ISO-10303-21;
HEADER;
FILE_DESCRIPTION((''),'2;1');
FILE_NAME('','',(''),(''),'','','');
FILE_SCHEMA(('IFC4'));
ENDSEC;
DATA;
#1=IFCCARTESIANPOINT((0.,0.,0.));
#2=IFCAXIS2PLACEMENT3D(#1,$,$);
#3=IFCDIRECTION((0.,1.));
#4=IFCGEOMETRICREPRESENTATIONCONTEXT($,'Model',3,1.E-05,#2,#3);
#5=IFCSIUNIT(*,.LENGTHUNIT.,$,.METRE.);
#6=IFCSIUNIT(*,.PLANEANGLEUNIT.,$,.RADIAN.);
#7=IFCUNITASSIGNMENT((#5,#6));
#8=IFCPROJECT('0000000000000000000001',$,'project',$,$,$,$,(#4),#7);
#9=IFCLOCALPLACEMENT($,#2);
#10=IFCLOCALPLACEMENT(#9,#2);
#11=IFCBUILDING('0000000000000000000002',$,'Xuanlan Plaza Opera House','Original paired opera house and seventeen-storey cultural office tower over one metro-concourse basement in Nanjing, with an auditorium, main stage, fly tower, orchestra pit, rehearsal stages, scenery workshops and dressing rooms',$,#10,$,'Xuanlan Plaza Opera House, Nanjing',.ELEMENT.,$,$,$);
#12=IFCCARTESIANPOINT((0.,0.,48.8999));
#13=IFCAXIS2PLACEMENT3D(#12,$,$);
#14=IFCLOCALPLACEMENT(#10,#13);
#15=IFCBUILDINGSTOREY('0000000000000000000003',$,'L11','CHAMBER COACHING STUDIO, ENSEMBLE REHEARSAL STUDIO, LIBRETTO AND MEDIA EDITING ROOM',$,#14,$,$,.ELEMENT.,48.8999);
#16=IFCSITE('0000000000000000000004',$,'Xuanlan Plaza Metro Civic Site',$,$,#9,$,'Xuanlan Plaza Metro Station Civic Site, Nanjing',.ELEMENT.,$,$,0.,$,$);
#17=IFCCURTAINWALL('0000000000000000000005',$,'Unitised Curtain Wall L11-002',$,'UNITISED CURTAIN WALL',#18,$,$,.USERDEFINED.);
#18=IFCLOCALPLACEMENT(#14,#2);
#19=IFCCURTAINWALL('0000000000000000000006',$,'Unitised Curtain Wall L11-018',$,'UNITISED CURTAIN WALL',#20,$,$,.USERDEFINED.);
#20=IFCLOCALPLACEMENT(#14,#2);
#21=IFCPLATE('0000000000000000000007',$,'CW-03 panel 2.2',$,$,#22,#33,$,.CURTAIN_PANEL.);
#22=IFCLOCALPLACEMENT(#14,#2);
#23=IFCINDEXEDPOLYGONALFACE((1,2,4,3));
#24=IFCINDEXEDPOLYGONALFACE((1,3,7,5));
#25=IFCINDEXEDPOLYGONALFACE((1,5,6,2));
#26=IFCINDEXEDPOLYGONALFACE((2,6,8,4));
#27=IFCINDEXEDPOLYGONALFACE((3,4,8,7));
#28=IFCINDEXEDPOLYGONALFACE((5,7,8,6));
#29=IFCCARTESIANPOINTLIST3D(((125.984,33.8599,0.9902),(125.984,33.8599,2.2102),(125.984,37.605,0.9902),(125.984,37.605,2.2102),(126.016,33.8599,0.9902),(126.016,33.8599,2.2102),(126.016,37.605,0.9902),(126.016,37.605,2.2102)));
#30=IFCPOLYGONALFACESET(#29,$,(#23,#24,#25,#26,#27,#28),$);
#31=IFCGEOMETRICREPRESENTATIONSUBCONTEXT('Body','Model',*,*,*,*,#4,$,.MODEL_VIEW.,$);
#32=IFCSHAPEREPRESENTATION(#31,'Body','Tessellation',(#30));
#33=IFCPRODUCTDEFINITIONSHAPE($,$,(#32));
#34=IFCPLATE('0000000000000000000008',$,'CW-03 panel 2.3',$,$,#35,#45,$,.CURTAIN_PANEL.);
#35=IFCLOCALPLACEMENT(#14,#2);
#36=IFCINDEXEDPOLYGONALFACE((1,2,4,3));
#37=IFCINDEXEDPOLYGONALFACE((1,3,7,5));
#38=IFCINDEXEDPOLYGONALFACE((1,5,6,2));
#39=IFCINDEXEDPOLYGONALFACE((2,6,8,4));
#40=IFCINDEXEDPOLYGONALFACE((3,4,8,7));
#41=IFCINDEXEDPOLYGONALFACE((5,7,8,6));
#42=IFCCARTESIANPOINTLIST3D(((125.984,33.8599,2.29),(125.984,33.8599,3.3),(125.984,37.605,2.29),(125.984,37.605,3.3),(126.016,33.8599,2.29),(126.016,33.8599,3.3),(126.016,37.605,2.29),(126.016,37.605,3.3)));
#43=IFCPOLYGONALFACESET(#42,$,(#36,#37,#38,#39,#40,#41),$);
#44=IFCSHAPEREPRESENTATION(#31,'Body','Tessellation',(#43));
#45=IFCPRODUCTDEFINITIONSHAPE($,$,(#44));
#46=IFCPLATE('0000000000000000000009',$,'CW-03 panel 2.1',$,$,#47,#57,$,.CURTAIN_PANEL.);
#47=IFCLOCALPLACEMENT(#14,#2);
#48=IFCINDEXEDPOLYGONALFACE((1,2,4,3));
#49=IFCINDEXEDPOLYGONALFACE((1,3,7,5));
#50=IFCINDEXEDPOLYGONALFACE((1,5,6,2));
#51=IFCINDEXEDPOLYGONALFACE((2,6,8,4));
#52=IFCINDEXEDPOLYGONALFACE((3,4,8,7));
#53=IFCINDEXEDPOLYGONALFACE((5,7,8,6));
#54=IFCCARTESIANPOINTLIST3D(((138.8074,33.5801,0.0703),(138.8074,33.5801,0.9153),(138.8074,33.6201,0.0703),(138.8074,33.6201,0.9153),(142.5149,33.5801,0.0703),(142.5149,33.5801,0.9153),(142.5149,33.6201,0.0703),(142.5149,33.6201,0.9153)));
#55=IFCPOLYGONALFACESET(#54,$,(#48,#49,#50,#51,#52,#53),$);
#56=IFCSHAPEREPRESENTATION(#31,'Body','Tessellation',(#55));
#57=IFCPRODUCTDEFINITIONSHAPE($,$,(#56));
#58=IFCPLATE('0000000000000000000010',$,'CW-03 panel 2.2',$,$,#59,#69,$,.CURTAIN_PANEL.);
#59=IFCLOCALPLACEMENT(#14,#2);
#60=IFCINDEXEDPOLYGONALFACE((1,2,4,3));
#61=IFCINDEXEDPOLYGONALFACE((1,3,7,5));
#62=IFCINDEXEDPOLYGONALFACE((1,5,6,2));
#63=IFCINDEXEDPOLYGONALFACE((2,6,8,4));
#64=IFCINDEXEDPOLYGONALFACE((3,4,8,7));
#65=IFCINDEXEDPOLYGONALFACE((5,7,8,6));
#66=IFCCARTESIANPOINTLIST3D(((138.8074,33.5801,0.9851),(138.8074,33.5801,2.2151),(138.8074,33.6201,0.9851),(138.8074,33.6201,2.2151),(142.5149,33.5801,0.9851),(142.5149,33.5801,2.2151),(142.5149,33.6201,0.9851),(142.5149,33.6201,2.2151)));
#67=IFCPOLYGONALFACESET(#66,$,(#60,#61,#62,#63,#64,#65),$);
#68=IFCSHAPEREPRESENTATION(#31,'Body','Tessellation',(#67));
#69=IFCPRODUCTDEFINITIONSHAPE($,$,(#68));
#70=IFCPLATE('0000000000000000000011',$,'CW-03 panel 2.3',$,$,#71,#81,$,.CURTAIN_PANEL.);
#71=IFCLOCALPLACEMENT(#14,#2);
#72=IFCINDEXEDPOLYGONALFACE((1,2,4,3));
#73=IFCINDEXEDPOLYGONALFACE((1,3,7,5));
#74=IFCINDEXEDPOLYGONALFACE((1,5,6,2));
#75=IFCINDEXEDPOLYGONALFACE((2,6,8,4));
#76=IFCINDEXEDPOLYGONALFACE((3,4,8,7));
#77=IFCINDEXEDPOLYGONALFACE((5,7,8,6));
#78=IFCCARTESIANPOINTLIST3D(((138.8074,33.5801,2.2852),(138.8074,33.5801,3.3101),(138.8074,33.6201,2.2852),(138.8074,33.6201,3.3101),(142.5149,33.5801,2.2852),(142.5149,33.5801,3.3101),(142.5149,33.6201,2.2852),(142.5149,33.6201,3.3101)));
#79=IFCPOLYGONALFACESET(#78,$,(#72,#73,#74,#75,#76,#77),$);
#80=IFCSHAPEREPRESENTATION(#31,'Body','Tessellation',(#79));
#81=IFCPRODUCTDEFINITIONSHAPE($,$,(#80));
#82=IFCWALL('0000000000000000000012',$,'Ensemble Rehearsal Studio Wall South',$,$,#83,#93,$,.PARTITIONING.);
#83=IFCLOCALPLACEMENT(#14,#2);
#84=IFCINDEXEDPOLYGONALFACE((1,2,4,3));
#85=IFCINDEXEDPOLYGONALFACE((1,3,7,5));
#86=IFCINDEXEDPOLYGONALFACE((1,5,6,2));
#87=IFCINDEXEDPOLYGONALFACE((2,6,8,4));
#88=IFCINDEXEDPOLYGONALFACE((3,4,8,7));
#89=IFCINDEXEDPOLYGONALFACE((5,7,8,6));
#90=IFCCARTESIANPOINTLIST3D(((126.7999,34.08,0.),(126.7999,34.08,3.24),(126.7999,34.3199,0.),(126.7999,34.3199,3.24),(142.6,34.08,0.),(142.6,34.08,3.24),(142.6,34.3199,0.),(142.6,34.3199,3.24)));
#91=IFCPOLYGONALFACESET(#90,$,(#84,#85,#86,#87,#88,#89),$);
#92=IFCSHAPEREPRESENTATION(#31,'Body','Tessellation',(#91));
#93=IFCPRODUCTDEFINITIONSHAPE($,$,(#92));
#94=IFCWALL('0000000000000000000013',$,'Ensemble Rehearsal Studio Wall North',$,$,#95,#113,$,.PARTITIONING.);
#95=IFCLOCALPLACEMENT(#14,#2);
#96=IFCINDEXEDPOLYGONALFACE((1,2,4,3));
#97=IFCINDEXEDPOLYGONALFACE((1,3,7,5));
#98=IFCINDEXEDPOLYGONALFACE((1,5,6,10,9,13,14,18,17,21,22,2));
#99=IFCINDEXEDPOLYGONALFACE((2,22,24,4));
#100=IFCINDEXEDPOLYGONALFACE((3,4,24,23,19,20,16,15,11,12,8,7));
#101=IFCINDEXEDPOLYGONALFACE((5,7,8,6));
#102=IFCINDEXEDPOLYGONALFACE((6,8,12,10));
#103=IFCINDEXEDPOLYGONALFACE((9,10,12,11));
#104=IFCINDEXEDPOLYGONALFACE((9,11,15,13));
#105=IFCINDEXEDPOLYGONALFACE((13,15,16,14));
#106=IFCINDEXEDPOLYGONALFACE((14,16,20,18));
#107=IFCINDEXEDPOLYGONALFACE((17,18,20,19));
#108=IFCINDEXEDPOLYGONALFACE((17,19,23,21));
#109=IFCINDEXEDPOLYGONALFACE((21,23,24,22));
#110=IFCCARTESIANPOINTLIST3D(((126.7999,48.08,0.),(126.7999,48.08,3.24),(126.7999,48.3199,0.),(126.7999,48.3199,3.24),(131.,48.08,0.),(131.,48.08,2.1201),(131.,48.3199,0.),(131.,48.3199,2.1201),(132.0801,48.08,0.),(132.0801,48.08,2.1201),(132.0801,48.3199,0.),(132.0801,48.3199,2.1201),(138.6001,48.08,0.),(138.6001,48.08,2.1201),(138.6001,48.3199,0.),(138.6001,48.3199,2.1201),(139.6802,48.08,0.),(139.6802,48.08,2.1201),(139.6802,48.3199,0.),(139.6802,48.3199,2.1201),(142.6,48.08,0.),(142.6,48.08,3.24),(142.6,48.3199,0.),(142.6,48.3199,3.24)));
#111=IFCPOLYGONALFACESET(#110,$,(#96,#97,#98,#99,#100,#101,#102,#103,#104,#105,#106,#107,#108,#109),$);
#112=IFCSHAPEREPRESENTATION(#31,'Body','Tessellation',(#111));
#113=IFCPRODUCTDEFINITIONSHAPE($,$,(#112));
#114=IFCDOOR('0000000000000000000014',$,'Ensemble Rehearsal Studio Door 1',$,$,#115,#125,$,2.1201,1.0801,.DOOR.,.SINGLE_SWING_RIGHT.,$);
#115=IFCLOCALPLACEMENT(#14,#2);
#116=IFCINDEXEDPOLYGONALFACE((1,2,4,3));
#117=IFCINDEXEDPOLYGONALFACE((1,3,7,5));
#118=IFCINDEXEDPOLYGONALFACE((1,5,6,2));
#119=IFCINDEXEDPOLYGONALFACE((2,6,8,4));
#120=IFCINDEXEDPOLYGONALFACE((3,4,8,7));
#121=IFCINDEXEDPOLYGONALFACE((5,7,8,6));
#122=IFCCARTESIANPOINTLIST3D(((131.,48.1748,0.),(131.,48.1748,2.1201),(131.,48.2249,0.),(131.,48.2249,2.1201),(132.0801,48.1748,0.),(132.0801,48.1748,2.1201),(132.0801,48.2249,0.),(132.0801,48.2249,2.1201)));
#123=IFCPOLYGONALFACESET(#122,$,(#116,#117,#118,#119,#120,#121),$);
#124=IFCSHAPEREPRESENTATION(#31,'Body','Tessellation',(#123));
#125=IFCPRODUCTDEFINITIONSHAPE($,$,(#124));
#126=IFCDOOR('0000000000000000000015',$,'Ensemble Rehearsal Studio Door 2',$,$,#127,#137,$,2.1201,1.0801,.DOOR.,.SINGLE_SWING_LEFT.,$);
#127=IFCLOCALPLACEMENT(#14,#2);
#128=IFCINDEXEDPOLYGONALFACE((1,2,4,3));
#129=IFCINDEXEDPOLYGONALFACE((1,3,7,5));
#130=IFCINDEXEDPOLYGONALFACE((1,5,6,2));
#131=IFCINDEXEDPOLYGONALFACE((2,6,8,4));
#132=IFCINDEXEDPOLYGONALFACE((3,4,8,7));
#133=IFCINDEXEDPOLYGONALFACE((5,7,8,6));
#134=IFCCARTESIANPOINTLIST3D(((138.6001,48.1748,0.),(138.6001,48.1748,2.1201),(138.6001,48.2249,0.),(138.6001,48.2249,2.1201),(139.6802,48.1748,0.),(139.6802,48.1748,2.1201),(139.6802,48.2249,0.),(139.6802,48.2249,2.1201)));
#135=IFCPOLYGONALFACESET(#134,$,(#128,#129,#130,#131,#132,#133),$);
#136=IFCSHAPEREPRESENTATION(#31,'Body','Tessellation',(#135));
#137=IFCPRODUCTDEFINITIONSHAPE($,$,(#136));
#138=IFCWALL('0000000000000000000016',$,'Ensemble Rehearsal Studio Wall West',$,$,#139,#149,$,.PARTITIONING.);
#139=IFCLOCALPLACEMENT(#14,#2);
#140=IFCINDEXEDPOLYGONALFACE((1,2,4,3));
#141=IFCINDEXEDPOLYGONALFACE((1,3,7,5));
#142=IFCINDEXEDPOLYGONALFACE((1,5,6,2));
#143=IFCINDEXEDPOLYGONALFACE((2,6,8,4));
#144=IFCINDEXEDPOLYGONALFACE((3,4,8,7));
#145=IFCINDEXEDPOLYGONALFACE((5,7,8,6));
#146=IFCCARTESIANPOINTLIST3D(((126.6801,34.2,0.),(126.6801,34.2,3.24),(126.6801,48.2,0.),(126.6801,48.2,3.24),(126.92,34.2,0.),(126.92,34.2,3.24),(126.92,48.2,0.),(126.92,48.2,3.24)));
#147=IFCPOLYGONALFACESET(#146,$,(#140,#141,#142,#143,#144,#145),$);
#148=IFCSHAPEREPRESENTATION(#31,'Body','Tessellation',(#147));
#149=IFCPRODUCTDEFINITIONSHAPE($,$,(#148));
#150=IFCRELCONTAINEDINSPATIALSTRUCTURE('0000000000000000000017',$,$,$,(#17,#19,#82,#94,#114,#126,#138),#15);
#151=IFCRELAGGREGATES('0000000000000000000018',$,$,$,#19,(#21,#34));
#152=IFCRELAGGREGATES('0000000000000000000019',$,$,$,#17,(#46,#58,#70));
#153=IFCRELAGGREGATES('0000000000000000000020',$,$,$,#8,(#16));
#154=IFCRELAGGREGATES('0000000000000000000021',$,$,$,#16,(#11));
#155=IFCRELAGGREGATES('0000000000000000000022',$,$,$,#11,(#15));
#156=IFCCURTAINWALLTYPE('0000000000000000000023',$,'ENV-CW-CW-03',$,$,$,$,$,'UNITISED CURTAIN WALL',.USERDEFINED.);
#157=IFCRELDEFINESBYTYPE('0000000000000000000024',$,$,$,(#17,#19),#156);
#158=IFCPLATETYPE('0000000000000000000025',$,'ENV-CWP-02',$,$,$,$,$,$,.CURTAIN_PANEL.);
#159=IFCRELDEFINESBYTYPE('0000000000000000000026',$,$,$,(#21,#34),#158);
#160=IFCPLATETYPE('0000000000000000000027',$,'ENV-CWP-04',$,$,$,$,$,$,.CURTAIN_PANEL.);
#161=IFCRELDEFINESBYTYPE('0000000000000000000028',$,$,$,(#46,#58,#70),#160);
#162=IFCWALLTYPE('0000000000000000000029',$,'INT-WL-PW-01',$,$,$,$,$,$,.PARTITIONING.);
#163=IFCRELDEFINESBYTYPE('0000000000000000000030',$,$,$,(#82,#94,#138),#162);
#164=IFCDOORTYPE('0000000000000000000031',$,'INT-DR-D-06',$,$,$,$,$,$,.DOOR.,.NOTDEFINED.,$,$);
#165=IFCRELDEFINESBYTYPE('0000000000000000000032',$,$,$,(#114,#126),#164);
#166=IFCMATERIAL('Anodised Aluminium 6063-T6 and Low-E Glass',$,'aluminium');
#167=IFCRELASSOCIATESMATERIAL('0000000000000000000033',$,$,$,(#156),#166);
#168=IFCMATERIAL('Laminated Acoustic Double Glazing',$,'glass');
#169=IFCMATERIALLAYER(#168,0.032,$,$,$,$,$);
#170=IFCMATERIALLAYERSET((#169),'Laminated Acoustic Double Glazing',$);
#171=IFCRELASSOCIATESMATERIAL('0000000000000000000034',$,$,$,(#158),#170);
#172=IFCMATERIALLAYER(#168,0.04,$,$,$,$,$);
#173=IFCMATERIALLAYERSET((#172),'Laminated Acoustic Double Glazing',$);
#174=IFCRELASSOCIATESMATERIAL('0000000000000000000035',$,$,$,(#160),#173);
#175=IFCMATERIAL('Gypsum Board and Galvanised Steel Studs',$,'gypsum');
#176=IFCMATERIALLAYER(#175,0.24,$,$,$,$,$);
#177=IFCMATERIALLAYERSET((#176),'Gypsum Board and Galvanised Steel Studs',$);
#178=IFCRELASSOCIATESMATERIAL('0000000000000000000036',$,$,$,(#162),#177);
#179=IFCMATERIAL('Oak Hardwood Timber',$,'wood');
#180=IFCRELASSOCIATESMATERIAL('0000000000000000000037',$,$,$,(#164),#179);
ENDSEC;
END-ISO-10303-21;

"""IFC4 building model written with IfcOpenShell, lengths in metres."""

from ifc_helpers import new_model, si_unit, direction, frame, frame_2d, origin, origin_2d, place, context, subcontext, project, spatial, rectangle, extrude, material, layer, layer_set, type_object, element, fill, aggregate, save


model = new_model("IFC4")

# Units and contexts
model_context = context("Model", 3, precision=1e-05, world=origin(), true_north=direction((0.0, 1.0)))
body_context = subcontext(model_context, "Body", "Model", "MODEL_VIEW")
ifc_project = project(units=[si_unit("LENGTHUNIT", "METRE"), si_unit("PLANEANGLEUNIT", "RADIAN")], contexts=[model_context])

# Site, building, storey
site_placement = place(None, origin())
site = spatial("IfcSite", under=ifc_project, at=site_placement, Name="Xuanlan Plaza Metro Civic Site", LongName="Xuanlan Plaza Metro Station Civic Site, Nanjing", CompositionType="ELEMENT", RefElevation=0.0)
building_placement = place(site_placement, origin())
building = spatial("IfcBuilding", under=site, at=building_placement, Name="Xuanlan Plaza Opera House", Description="Original paired opera house and seventeen-storey cultural office tower over one metro-concourse basement in Nanjing, with an auditorium, main stage, fly tower, orchestra pit, rehearsal stages, scenery workshops and dressing rooms", LongName="Xuanlan Plaza Opera House, Nanjing", CompositionType="ELEMENT")
storey_placement = place(building_placement, frame((0.0, 0.0, 48.8999)))
storey = spatial("IfcBuildingStorey", under=building, at=storey_placement, Name="L11", Description="CHAMBER COACHING STUDIO, ENSEMBLE REHEARSAL STUDIO, LIBRETTO AND MEDIA EDITING ROOM", CompositionType="ELEMENT", Elevation=48.8999)

# Curtain wall
ifc_material_1 = material(Name="Anodised Aluminium 6063-T6 and Low-E Glass", Category="aluminium")
curtain_wall_type = type_object("IfcCurtainWallType", Name="ENV-CW-CW-03", ElementType="UNITISED CURTAIN WALL", PredefinedType="USERDEFINED", material=ifc_material_1)
curtain_wall_1_placement = place(storey_placement, origin())
curtain_wall_1 = element("IfcCurtainWall", 1, at=curtain_wall_1_placement, inside=storey, type_object=curtain_wall_type, Name="Unitised Curtain Wall L11-002", ObjectType="UNITISED CURTAIN WALL", PredefinedType="USERDEFINED")

# Curtain wall, plates
curtain_wall_2_placement = place(storey_placement, origin())
curtain_wall_2 = element("IfcCurtainWall", 2, at=curtain_wall_2_placement, inside=storey, type_object=curtain_wall_type, Name="Unitised Curtain Wall L11-018", ObjectType="UNITISED CURTAIN WALL", PredefinedType="USERDEFINED")
ifc_material_2 = material(Name="Laminated Acoustic Double Glazing", Category="glass")
ifc_layer_1 = layer(ifc_material_2, 0.032)
ifc_layer_set_1 = layer_set([ifc_layer_1], Name="Laminated Acoustic Double Glazing")
plate_type_1 = type_object("IfcPlateType", Name="ENV-CWP-02", PredefinedType="CURTAIN_PANEL", material=ifc_layer_set_1)
plate_1_placement = place(storey_placement, frame((126.0, 35.7324, 0.9902), z_axis=(0.0, 0.0, 1.0), x_axis=(0.0, -1.0, 0.0)))
plate_1 = element("IfcPlate", 3, at=plate_1_placement, type_object=plate_type_1, Name="CW-03 panel 2.2", PredefinedType="CURTAIN_PANEL", context=body_context, shape_type="SweptSolid", body=[
    extrude(rectangle(XDim=3.7451, YDim=0.032, at=origin_2d()), origin(), (0.0, 0.0, 1.0), 1.22),
])
plate_2_placement = place(storey_placement, frame((126.0, 35.7324, 2.29), z_axis=(0.0, 0.0, 1.0), x_axis=(0.0, -1.0, 0.0)))
plate_2 = element("IfcPlate", 4, at=plate_2_placement, type_object=plate_type_1, Name="CW-03 panel 2.3", PredefinedType="CURTAIN_PANEL", context=body_context, shape_type="SweptSolid", body=[
    extrude(rectangle(XDim=3.7451, YDim=0.032, at=origin_2d()), origin(), (0.0, 0.0, 1.0), 1.01),
])
aggregate(curtain_wall_2, [plate_1, plate_2])

# Plates
ifc_layer_2 = layer(ifc_material_2, 0.04)
ifc_layer_set_2 = layer_set([ifc_layer_2], Name="Laminated Acoustic Double Glazing")
plate_type_2 = type_object("IfcPlateType", Name="ENV-CWP-04", PredefinedType="CURTAIN_PANEL", material=ifc_layer_set_2)
plate_3_placement = place(storey_placement, frame((140.6611, 33.6001, 0.0703), z_axis=(0.0, 0.0, 1.0), x_axis=(1.0, 0.0, 0.0)))
plate_3 = element("IfcPlate", 5, at=plate_3_placement, type_object=plate_type_2, Name="CW-03 panel 2.1", PredefinedType="CURTAIN_PANEL", context=body_context, shape_type="SweptSolid", body=[
    extrude(rectangle(XDim=3.7075, YDim=0.04, at=origin_2d()), origin(), (0.0, 0.0, 1.0), 0.845),
])
plate_4_placement = place(storey_placement, frame((140.6611, 33.6001, 0.9851), z_axis=(0.0, 0.0, 1.0), x_axis=(1.0, 0.0, 0.0)))
plate_4 = element("IfcPlate", 6, at=plate_4_placement, type_object=plate_type_2, Name="CW-03 panel 2.2", PredefinedType="CURTAIN_PANEL", context=body_context, shape_type="SweptSolid", body=[
    extrude(rectangle(XDim=3.7075, YDim=0.04, at=origin_2d()), origin(), (0.0, 0.0, 1.0), 1.23),
])
plate_5_placement = place(storey_placement, frame((140.6611, 33.6001, 2.2852), z_axis=(0.0, 0.0, 1.0), x_axis=(1.0, 0.0, 0.0)))
plate_5 = element("IfcPlate", 7, at=plate_5_placement, type_object=plate_type_2, Name="CW-03 panel 2.3", PredefinedType="CURTAIN_PANEL", context=body_context, shape_type="SweptSolid", body=[
    extrude(rectangle(XDim=3.7075, YDim=0.04, at=origin_2d()), origin(), (0.0, 0.0, 1.0), 1.0249),
])
aggregate(curtain_wall_1, [plate_3, plate_4, plate_5])

# Wall
ifc_material_3 = material(Name="Gypsum Board and Galvanised Steel Studs", Category="gypsum")
ifc_layer_3 = layer(ifc_material_3, 0.24)
ifc_layer_set_3 = layer_set([ifc_layer_3], Name="Gypsum Board and Galvanised Steel Studs")
wall_type = type_object("IfcWallType", Name="INT-WL-PW-01", PredefinedType="PARTITIONING", material=ifc_layer_set_3)
wall_1_placement = place(storey_placement, frame((126.8, 34.2, 0.0), z_axis=(0.0, 0.0, 1.0), x_axis=(1.0, 0.0, 0.0)))
element("IfcWall", 8, at=wall_1_placement, inside=storey, type_object=wall_type, Name="Ensemble Rehearsal Studio Wall South", PredefinedType="PARTITIONING", context=body_context, shape_type="SweptSolid", body=[
    extrude(rectangle(XDim=15.8, YDim=0.24, at=frame_2d((7.8999, 0.0))), origin(), (0.0, 0.0, 1.0), 3.24),
])

# Wall, openings, doors
wall_2_placement = place(storey_placement, frame((126.8, 48.2, 0.0), z_axis=(0.0, 0.0, 1.0), x_axis=(1.0, 0.0, 0.0)))
wall_2 = element("IfcWall", 9, at=wall_2_placement, inside=storey, type_object=wall_type, Name="Ensemble Rehearsal Studio Wall North", PredefinedType="PARTITIONING", context=body_context, shape_type="SweptSolid", body=[
    extrude(rectangle(XDim=15.8, YDim=0.24, at=frame_2d((7.8999, 0.0))), origin(), (0.0, 0.0, 1.0), 3.24),
])
opening_1_placement = place(wall_2_placement, frame((4.2, 0.0, 0.0)))
opening_1 = element("IfcOpeningElement", 10, at=opening_1_placement, cuts=wall_2, PredefinedType="OPENING", context=body_context, shape_type="SweptSolid", body=[
    extrude(rectangle(XDim=1.0801, YDim=2.1201, at=frame_2d((0.54, 1.0601))), frame((0.0, 0.1299, 0.0), z_axis=(0.0, -1.0, 0.0), x_axis=(1.0, 0.0, 0.0)), (0.0, 0.0, 1.0), 0.26),
])
opening_2_placement = place(wall_2_placement, frame((11.8, 0.0, 0.0)))
opening_2 = element("IfcOpeningElement", 11, at=opening_2_placement, cuts=wall_2, PredefinedType="OPENING", context=body_context, shape_type="SweptSolid", body=[
    extrude(rectangle(XDim=1.0801, YDim=2.1201, at=frame_2d((0.54, 1.0601))), frame((0.0, 0.1299, 0.0), z_axis=(0.0, -1.0, 0.0), x_axis=(1.0, 0.0, 0.0)), (0.0, 0.0, 1.0), 0.26),
])
ifc_material_4 = material(Name="Oak Hardwood Timber", Category="wood")
door_type = type_object("IfcDoorType", Name="INT-DR-D-06", OperationType="NOTDEFINED", PredefinedType="DOOR", material=ifc_material_4)
door_1_placement = place(opening_1_placement, origin())
door_1 = element("IfcDoor", 12, at=door_1_placement, inside=storey, type_object=door_type, Name="Ensemble Rehearsal Studio Door 1", OperationType="SINGLE_SWING_RIGHT", OverallHeight=2.1201, OverallWidth=1.0801, PredefinedType="DOOR", context=body_context, shape_type="SweptSolid", body=[
    extrude(rectangle(XDim=1.0801, YDim=2.1201, at=frame_2d((0.54, 1.0601))), frame((0.0, 0.0249, 0.0), z_axis=(0.0, -1.0, 0.0), x_axis=(1.0, 0.0, 0.0)), (0.0, 0.0, 1.0), 0.05),
])
fill(opening_1, door_1)
door_2_placement = place(opening_2_placement, origin())
door_2 = element("IfcDoor", 13, at=door_2_placement, inside=storey, type_object=door_type, Name="Ensemble Rehearsal Studio Door 2", OperationType="SINGLE_SWING_LEFT", OverallHeight=2.1201, OverallWidth=1.0801, PredefinedType="DOOR", context=body_context, shape_type="SweptSolid", body=[
    extrude(rectangle(XDim=1.0801, YDim=2.1201, at=frame_2d((0.54, 1.0601))), frame((0.0, 0.0249, 0.0), z_axis=(0.0, -1.0, 0.0), x_axis=(1.0, 0.0, 0.0)), (0.0, 0.0, 1.0), 0.05),
])
fill(opening_2, door_2)

# Wall
wall_3_placement = place(storey_placement, frame((126.8, 34.2, 0.0), z_axis=(0.0, 0.0, 1.0), x_axis=(0.0, 1.0, 0.0)))
element("IfcWall", 14, at=wall_3_placement, inside=storey, type_object=wall_type, Name="Ensemble Rehearsal Studio Wall West", PredefinedType="PARTITIONING", context=body_context, shape_type="SweptSolid", body=[
    extrude(rectangle(XDim=14.0, YDim=0.24, at=frame_2d((7.0, 0.0))), origin(), (0.0, 0.0, 1.0), 3.24),
])

save(model, "model.ifc")
